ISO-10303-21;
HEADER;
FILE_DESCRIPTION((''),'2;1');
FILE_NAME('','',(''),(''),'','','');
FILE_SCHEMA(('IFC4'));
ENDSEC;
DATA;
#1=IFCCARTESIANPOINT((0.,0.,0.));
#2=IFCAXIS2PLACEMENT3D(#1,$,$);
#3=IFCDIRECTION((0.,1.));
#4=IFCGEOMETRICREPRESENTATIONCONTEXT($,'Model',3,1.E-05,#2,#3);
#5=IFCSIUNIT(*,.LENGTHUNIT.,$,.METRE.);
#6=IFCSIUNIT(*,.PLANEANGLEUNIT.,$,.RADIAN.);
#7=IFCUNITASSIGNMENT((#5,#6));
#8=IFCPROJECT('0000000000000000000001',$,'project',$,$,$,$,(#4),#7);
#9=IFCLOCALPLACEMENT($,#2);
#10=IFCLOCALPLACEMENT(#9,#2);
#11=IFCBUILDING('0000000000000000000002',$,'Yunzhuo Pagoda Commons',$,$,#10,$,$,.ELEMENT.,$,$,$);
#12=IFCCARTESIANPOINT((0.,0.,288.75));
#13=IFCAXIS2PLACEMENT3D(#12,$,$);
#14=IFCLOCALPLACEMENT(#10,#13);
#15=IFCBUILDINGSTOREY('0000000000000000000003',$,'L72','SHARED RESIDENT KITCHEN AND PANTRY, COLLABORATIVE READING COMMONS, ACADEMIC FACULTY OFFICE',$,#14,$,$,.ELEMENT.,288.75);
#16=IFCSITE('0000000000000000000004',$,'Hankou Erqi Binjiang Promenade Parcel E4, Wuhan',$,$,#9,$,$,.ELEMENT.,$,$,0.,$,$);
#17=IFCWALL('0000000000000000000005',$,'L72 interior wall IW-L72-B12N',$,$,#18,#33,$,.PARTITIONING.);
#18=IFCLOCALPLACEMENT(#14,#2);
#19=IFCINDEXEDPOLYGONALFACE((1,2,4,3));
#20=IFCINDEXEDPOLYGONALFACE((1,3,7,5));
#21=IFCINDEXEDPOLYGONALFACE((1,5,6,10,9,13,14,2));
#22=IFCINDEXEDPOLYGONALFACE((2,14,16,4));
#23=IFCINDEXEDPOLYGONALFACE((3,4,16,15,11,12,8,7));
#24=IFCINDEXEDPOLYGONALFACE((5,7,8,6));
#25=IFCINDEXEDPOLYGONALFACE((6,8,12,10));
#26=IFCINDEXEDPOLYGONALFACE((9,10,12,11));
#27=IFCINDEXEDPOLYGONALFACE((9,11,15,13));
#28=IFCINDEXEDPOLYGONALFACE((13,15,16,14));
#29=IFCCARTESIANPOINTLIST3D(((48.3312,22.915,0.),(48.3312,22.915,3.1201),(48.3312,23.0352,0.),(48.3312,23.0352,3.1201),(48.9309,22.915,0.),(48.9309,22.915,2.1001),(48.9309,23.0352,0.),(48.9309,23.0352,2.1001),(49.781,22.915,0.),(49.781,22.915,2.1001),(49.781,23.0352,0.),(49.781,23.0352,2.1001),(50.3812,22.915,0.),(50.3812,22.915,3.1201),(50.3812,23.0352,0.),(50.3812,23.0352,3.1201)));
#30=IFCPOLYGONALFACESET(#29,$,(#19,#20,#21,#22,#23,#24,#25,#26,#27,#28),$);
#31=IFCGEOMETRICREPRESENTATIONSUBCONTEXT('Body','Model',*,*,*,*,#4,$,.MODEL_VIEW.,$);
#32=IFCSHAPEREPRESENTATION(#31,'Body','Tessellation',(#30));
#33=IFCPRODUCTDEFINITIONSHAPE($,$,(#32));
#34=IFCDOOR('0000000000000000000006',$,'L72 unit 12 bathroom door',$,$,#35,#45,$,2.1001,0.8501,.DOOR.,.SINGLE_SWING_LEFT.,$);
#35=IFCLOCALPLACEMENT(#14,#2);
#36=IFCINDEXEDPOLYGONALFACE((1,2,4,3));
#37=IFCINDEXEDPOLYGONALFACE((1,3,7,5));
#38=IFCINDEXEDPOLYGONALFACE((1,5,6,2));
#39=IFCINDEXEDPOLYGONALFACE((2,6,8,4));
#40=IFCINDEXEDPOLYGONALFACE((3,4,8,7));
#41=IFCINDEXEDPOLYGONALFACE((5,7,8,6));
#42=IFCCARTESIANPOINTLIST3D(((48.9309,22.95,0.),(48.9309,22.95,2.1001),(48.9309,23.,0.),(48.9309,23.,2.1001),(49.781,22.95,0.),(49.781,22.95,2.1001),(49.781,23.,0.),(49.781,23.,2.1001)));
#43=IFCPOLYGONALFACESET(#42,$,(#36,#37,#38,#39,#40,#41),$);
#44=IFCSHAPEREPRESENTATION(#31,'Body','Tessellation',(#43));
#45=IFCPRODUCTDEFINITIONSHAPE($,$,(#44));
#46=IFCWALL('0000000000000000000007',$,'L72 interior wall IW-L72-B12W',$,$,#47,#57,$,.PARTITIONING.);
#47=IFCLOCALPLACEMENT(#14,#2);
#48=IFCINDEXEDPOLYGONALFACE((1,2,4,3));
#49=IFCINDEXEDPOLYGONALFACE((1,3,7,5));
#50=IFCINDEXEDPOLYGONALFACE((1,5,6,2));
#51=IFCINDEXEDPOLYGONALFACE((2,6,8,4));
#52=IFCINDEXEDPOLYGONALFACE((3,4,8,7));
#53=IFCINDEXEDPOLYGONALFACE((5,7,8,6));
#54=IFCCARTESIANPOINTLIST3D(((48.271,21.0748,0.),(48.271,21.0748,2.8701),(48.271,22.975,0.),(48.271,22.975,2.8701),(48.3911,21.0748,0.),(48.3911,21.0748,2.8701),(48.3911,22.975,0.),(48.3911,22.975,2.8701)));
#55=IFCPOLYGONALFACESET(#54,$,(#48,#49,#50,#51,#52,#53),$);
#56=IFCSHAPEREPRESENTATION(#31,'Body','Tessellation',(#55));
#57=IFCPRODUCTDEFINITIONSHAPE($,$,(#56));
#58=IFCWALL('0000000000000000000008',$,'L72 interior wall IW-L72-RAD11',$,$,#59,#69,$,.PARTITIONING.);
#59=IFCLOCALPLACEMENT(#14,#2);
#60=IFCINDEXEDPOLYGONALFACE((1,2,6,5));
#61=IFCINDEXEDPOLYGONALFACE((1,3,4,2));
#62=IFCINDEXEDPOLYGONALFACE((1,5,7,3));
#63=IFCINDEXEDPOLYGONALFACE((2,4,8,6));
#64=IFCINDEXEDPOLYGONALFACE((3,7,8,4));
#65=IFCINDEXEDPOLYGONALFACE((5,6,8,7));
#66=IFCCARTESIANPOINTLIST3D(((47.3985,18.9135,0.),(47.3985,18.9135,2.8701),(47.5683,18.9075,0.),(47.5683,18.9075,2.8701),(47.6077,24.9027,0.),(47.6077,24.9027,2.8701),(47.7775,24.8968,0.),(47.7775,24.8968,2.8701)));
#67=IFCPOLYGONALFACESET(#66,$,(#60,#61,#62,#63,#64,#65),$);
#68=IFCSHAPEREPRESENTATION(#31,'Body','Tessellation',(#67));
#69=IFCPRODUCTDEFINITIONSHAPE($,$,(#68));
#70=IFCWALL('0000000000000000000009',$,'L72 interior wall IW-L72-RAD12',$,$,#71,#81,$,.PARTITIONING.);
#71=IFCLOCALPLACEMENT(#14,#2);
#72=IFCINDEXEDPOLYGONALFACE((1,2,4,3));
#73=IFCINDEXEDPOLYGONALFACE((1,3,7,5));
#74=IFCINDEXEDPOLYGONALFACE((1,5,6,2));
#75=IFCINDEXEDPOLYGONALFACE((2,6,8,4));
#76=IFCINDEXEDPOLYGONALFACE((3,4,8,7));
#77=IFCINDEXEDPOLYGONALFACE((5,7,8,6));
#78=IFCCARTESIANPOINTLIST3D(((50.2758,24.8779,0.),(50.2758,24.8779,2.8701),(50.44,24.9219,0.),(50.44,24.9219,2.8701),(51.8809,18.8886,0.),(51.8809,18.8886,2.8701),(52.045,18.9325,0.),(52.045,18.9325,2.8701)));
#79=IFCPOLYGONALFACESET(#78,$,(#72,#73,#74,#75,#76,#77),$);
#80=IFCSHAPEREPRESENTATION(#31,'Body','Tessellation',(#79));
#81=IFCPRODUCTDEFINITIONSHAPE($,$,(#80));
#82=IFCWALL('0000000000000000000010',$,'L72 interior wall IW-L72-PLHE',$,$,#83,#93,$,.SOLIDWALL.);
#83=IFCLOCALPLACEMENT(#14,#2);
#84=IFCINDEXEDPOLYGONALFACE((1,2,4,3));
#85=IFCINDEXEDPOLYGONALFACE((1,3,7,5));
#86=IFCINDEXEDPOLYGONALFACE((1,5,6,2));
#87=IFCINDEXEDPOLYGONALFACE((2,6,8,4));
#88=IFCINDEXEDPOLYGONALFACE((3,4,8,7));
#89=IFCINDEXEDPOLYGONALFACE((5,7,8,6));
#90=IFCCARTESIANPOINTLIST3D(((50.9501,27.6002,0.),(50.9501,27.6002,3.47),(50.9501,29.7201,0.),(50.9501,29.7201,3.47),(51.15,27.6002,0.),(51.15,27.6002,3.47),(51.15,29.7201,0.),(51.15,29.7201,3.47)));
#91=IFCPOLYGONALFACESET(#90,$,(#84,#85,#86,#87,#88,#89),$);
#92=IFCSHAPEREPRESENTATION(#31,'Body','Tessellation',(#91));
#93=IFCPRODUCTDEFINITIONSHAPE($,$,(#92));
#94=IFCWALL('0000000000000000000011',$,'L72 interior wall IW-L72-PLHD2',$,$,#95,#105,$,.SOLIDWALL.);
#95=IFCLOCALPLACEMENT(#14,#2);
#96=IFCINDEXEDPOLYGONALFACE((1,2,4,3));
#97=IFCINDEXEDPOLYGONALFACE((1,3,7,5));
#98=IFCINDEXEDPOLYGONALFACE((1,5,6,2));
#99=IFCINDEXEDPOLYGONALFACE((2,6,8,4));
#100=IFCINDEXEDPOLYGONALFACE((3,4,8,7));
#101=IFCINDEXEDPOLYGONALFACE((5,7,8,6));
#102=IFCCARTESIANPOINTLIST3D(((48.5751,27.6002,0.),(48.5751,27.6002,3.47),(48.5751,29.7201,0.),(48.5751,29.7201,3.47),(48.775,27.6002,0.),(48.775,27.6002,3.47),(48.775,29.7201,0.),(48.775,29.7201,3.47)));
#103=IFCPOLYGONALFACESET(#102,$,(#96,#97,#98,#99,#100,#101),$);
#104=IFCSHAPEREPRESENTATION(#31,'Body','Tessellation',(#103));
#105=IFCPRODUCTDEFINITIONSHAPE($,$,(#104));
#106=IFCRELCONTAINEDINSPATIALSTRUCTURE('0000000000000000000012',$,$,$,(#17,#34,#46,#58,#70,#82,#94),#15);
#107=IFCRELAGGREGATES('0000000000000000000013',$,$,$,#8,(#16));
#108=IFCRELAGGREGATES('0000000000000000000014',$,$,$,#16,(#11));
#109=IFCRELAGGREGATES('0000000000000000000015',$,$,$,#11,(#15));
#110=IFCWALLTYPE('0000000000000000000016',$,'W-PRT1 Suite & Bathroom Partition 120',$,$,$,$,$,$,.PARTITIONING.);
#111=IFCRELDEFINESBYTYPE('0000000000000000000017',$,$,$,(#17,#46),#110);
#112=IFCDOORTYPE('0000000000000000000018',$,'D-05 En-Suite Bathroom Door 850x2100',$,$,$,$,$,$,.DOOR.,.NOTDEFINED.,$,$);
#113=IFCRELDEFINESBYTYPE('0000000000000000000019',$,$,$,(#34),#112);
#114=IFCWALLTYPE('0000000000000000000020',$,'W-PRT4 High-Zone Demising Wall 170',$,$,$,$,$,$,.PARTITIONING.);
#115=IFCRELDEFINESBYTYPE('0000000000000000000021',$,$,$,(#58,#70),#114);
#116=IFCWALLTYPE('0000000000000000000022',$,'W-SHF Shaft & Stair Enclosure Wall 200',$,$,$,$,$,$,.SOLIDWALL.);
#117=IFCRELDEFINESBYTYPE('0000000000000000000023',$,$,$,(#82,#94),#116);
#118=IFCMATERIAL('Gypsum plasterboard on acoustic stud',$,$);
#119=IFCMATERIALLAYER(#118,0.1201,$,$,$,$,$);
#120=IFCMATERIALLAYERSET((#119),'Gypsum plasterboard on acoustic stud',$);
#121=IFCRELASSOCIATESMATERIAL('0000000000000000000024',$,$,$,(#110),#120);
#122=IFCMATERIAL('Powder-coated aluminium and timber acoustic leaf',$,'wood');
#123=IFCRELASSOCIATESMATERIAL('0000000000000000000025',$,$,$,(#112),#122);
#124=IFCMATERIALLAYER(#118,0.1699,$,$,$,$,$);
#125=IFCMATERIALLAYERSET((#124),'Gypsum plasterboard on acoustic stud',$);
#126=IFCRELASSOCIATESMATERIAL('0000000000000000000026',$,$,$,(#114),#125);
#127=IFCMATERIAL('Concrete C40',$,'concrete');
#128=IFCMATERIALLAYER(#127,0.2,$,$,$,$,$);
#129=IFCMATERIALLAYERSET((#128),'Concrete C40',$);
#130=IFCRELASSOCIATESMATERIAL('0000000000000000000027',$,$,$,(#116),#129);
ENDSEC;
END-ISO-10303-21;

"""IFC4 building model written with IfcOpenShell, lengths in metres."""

from ifc_helpers import new_model, si_unit, direction, frame, frame_2d, origin, place, context, subcontext, project, spatial, rectangle, extrude, source, transform, mapped, material, layer, layer_set, type_object, element, fill, save


model = new_model("IFC4")

# Units and contexts
model_context = context("Model", 3, precision=1e-05, world=origin(), true_north=direction((0.0, 1.0)))
body_context = subcontext(model_context, "Body", "Model", "MODEL_VIEW")
ifc_project = project(units=[si_unit("LENGTHUNIT", "METRE"), si_unit("PLANEANGLEUNIT", "RADIAN")], contexts=[model_context])

# Site, building, storey
site_placement = place(None, origin())
site = spatial("IfcSite", under=ifc_project, at=site_placement, Name="Hankou Erqi Binjiang Promenade Parcel E4, Wuhan", CompositionType="ELEMENT", RefElevation=0.0)
building_placement = place(site_placement, origin())
building = spatial("IfcBuilding", under=site, at=building_placement, Name="Yunzhuo Pagoda Commons", CompositionType="ELEMENT")
storey_placement = place(building_placement, frame((0.0, 0.0, 288.75)))
storey = spatial("IfcBuildingStorey", under=building, at=storey_placement, Name="L72", Description="SHARED RESIDENT KITCHEN AND PANTRY, COLLABORATIVE READING COMMONS, ACADEMIC FACULTY OFFICE", CompositionType="ELEMENT", Elevation=288.75)

# Shared definitions
ifc_material_1 = material(Name="Gypsum plasterboard on acoustic stud")

# Shared definitions
ifc_layer_1 = layer(ifc_material_1, 0.1201)
ifc_layer_set_1 = layer_set([ifc_layer_1], Name="Gypsum plasterboard on acoustic stud")
wall_type_1 = type_object("IfcWallType", Name="W-PRT1 Suite & Bathroom Partition 120", PredefinedType="PARTITIONING", material=ifc_layer_set_1)

# Wall, opening, door
wall_1_placement = place(storey_placement, frame((50.3811, 22.9751, 0.0), z_axis=(0.0, 0.0, 1.0), x_axis=(-1.0, 0.0, 0.0)))
wall_1 = element("IfcWall", 1, at=wall_1_placement, inside=storey, type_object=wall_type_1, Name="L72 interior wall IW-L72-B12N", PredefinedType="PARTITIONING", context=body_context, shape_type="SweptSolid", body=[
    extrude(rectangle(XDim=2.05, YDim=0.1201, at=frame_2d((1.0249, 0.0))), origin(), (0.0, 0.0, 1.0), 3.1201),
])
opening_1_placement = place(wall_1_placement, frame((0.6001, 0.0, 0.0)))
opening_1 = element("IfcOpeningElement", 2, at=opening_1_placement, cuts=wall_1, PredefinedType="OPENING", context=body_context, shape_type="SweptSolid", body=[
    extrude(rectangle(XDim=0.8501, YDim=2.1001, at=frame_2d((0.425, 1.05))), frame((0.0, 0.0701, 0.0), z_axis=(0.0, -1.0, 0.0), x_axis=(1.0, 0.0, 0.0)), (0.0, 0.0, 1.0), 0.1401),
])
ifc_material_2 = material(Name="Powder-coated aluminium and timber acoustic leaf", Category="wood")
door_type_1 = type_object("IfcDoorType", Name="D-05 En-Suite Bathroom Door 850x2100", OperationType="NOTDEFINED", PredefinedType="DOOR", material=ifc_material_2)
shared_shape_1 = source(origin(), body_context, "Body", "SweptSolid", [
    extrude(rectangle(XDim=0.8501, YDim=2.1001, at=frame_2d((0.425, 1.05))), frame((0.0, 0.0249, 0.0), z_axis=(0.0, -1.0, 0.0), x_axis=(1.0, 0.0, 0.0)), (0.0, 0.0, 1.0), 0.05),
])
door_1_placement = place(opening_1_placement, frame((0.8501, 0.0, 0.0), z_axis=(0.0, 0.0, 1.0), x_axis=(-1.0, 0.0, 0.0)))
door_1 = element("IfcDoor", 3, at=door_1_placement, inside=storey, type_object=door_type_1, Name="L72 unit 12 bathroom door", OperationType="SINGLE_SWING_LEFT", OverallHeight=2.1001, OverallWidth=0.8501, PredefinedType="DOOR", context=body_context, shape_type="MappedRepresentation", body=[
    mapped(shared_shape_1, transform((0.0, 0.0, 0.0), scale=1.0)),
])
fill(opening_1, door_1)

# Walls
wall_2_placement = place(storey_placement, frame((48.3311, 22.9751, 0.0), z_axis=(0.0, 0.0, 1.0), x_axis=(0.0, -1.0, 0.0)))
element("IfcWall", 4, at=wall_2_placement, inside=storey, type_object=wall_type_1, Name="L72 interior wall IW-L72-B12W", PredefinedType="PARTITIONING", context=body_context, shape_type="SweptSolid", body=[
    extrude(rectangle(XDim=1.9001, YDim=0.1201, at=frame_2d((0.9502, 0.0))), origin(), (0.0, 0.0, 1.0), 2.8701),
])
ifc_layer_2 = layer(ifc_material_1, 0.1699)
ifc_layer_set_2 = layer_set([ifc_layer_2], Name="Gypsum plasterboard on acoustic stud")
wall_type_2 = type_object("IfcWallType", Name="W-PRT4 High-Zone Demising Wall 170", PredefinedType="PARTITIONING", material=ifc_layer_set_2)
wall_3_placement = place(storey_placement, frame((47.6926, 24.8999, 0.0), z_axis=(0.0, 0.0, 1.0), x_axis=(-0.034913, -0.99939, 0.0)))
element("IfcWall", 5, at=wall_3_placement, inside=storey, type_object=wall_type_2, Name="L72 interior wall IW-L72-RAD11", PredefinedType="PARTITIONING", context=body_context, shape_type="SweptSolid", body=[
    extrude(rectangle(XDim=5.9929, YDim=0.1699, at=frame_2d((2.9966, 0.0))), origin(), (0.0, 0.0, 1.0), 2.8701),
])
wall_4_placement = place(storey_placement, frame((50.3579, 24.8999, 0.0), z_axis=(0.0, 0.0, 1.0), x_axis=(0.258844, -0.965919, 0.0)))
element("IfcWall", 6, at=wall_4_placement, inside=storey, type_object=wall_type_2, Name="L72 interior wall IW-L72-RAD12", PredefinedType="PARTITIONING", context=body_context, shape_type="SweptSolid", body=[
    extrude(rectangle(XDim=6.2007, YDim=0.1699, at=frame_2d((3.1003, 0.0))), origin(), (0.0, 0.0, 1.0), 2.8701),
])
ifc_material_3 = material(Name="Concrete C40", Category="concrete")
ifc_layer_3 = layer(ifc_material_3, 0.2)
ifc_layer_set_3 = layer_set([ifc_layer_3], Name="Concrete C40")
wall_type_3 = type_object("IfcWallType", Name="W-SHF Shaft & Stair Enclosure Wall 200", PredefinedType="SOLIDWALL", material=ifc_layer_set_3)
for number, where, z_axis, x_axis, name in (
    (7, (51.05, 27.6001, 0.0), (0.0, 0.0, 1.0), (0.0, 1.0, 0.0), "L72 interior wall IW-L72-PLHE"),
    (8, (48.675, 27.6001, 0.0), (0.0, 0.0, 1.0), (0.0, 1.0, 0.0), "L72 interior wall IW-L72-PLHD2"),
):
    element("IfcWall", number, at=place(storey_placement, frame(where, z_axis=z_axis, x_axis=x_axis)), inside=storey, type_object=wall_type_3, Name=name, PredefinedType="SOLIDWALL", context=body_context, shape_type="SweptSolid", body=[
        extrude(rectangle(XDim=2.1199, YDim=0.2, at=frame_2d((1.0601, 0.0))), origin(), (0.0, 0.0, 1.0), 3.47),
    ])

save(model, "model.ifc")
